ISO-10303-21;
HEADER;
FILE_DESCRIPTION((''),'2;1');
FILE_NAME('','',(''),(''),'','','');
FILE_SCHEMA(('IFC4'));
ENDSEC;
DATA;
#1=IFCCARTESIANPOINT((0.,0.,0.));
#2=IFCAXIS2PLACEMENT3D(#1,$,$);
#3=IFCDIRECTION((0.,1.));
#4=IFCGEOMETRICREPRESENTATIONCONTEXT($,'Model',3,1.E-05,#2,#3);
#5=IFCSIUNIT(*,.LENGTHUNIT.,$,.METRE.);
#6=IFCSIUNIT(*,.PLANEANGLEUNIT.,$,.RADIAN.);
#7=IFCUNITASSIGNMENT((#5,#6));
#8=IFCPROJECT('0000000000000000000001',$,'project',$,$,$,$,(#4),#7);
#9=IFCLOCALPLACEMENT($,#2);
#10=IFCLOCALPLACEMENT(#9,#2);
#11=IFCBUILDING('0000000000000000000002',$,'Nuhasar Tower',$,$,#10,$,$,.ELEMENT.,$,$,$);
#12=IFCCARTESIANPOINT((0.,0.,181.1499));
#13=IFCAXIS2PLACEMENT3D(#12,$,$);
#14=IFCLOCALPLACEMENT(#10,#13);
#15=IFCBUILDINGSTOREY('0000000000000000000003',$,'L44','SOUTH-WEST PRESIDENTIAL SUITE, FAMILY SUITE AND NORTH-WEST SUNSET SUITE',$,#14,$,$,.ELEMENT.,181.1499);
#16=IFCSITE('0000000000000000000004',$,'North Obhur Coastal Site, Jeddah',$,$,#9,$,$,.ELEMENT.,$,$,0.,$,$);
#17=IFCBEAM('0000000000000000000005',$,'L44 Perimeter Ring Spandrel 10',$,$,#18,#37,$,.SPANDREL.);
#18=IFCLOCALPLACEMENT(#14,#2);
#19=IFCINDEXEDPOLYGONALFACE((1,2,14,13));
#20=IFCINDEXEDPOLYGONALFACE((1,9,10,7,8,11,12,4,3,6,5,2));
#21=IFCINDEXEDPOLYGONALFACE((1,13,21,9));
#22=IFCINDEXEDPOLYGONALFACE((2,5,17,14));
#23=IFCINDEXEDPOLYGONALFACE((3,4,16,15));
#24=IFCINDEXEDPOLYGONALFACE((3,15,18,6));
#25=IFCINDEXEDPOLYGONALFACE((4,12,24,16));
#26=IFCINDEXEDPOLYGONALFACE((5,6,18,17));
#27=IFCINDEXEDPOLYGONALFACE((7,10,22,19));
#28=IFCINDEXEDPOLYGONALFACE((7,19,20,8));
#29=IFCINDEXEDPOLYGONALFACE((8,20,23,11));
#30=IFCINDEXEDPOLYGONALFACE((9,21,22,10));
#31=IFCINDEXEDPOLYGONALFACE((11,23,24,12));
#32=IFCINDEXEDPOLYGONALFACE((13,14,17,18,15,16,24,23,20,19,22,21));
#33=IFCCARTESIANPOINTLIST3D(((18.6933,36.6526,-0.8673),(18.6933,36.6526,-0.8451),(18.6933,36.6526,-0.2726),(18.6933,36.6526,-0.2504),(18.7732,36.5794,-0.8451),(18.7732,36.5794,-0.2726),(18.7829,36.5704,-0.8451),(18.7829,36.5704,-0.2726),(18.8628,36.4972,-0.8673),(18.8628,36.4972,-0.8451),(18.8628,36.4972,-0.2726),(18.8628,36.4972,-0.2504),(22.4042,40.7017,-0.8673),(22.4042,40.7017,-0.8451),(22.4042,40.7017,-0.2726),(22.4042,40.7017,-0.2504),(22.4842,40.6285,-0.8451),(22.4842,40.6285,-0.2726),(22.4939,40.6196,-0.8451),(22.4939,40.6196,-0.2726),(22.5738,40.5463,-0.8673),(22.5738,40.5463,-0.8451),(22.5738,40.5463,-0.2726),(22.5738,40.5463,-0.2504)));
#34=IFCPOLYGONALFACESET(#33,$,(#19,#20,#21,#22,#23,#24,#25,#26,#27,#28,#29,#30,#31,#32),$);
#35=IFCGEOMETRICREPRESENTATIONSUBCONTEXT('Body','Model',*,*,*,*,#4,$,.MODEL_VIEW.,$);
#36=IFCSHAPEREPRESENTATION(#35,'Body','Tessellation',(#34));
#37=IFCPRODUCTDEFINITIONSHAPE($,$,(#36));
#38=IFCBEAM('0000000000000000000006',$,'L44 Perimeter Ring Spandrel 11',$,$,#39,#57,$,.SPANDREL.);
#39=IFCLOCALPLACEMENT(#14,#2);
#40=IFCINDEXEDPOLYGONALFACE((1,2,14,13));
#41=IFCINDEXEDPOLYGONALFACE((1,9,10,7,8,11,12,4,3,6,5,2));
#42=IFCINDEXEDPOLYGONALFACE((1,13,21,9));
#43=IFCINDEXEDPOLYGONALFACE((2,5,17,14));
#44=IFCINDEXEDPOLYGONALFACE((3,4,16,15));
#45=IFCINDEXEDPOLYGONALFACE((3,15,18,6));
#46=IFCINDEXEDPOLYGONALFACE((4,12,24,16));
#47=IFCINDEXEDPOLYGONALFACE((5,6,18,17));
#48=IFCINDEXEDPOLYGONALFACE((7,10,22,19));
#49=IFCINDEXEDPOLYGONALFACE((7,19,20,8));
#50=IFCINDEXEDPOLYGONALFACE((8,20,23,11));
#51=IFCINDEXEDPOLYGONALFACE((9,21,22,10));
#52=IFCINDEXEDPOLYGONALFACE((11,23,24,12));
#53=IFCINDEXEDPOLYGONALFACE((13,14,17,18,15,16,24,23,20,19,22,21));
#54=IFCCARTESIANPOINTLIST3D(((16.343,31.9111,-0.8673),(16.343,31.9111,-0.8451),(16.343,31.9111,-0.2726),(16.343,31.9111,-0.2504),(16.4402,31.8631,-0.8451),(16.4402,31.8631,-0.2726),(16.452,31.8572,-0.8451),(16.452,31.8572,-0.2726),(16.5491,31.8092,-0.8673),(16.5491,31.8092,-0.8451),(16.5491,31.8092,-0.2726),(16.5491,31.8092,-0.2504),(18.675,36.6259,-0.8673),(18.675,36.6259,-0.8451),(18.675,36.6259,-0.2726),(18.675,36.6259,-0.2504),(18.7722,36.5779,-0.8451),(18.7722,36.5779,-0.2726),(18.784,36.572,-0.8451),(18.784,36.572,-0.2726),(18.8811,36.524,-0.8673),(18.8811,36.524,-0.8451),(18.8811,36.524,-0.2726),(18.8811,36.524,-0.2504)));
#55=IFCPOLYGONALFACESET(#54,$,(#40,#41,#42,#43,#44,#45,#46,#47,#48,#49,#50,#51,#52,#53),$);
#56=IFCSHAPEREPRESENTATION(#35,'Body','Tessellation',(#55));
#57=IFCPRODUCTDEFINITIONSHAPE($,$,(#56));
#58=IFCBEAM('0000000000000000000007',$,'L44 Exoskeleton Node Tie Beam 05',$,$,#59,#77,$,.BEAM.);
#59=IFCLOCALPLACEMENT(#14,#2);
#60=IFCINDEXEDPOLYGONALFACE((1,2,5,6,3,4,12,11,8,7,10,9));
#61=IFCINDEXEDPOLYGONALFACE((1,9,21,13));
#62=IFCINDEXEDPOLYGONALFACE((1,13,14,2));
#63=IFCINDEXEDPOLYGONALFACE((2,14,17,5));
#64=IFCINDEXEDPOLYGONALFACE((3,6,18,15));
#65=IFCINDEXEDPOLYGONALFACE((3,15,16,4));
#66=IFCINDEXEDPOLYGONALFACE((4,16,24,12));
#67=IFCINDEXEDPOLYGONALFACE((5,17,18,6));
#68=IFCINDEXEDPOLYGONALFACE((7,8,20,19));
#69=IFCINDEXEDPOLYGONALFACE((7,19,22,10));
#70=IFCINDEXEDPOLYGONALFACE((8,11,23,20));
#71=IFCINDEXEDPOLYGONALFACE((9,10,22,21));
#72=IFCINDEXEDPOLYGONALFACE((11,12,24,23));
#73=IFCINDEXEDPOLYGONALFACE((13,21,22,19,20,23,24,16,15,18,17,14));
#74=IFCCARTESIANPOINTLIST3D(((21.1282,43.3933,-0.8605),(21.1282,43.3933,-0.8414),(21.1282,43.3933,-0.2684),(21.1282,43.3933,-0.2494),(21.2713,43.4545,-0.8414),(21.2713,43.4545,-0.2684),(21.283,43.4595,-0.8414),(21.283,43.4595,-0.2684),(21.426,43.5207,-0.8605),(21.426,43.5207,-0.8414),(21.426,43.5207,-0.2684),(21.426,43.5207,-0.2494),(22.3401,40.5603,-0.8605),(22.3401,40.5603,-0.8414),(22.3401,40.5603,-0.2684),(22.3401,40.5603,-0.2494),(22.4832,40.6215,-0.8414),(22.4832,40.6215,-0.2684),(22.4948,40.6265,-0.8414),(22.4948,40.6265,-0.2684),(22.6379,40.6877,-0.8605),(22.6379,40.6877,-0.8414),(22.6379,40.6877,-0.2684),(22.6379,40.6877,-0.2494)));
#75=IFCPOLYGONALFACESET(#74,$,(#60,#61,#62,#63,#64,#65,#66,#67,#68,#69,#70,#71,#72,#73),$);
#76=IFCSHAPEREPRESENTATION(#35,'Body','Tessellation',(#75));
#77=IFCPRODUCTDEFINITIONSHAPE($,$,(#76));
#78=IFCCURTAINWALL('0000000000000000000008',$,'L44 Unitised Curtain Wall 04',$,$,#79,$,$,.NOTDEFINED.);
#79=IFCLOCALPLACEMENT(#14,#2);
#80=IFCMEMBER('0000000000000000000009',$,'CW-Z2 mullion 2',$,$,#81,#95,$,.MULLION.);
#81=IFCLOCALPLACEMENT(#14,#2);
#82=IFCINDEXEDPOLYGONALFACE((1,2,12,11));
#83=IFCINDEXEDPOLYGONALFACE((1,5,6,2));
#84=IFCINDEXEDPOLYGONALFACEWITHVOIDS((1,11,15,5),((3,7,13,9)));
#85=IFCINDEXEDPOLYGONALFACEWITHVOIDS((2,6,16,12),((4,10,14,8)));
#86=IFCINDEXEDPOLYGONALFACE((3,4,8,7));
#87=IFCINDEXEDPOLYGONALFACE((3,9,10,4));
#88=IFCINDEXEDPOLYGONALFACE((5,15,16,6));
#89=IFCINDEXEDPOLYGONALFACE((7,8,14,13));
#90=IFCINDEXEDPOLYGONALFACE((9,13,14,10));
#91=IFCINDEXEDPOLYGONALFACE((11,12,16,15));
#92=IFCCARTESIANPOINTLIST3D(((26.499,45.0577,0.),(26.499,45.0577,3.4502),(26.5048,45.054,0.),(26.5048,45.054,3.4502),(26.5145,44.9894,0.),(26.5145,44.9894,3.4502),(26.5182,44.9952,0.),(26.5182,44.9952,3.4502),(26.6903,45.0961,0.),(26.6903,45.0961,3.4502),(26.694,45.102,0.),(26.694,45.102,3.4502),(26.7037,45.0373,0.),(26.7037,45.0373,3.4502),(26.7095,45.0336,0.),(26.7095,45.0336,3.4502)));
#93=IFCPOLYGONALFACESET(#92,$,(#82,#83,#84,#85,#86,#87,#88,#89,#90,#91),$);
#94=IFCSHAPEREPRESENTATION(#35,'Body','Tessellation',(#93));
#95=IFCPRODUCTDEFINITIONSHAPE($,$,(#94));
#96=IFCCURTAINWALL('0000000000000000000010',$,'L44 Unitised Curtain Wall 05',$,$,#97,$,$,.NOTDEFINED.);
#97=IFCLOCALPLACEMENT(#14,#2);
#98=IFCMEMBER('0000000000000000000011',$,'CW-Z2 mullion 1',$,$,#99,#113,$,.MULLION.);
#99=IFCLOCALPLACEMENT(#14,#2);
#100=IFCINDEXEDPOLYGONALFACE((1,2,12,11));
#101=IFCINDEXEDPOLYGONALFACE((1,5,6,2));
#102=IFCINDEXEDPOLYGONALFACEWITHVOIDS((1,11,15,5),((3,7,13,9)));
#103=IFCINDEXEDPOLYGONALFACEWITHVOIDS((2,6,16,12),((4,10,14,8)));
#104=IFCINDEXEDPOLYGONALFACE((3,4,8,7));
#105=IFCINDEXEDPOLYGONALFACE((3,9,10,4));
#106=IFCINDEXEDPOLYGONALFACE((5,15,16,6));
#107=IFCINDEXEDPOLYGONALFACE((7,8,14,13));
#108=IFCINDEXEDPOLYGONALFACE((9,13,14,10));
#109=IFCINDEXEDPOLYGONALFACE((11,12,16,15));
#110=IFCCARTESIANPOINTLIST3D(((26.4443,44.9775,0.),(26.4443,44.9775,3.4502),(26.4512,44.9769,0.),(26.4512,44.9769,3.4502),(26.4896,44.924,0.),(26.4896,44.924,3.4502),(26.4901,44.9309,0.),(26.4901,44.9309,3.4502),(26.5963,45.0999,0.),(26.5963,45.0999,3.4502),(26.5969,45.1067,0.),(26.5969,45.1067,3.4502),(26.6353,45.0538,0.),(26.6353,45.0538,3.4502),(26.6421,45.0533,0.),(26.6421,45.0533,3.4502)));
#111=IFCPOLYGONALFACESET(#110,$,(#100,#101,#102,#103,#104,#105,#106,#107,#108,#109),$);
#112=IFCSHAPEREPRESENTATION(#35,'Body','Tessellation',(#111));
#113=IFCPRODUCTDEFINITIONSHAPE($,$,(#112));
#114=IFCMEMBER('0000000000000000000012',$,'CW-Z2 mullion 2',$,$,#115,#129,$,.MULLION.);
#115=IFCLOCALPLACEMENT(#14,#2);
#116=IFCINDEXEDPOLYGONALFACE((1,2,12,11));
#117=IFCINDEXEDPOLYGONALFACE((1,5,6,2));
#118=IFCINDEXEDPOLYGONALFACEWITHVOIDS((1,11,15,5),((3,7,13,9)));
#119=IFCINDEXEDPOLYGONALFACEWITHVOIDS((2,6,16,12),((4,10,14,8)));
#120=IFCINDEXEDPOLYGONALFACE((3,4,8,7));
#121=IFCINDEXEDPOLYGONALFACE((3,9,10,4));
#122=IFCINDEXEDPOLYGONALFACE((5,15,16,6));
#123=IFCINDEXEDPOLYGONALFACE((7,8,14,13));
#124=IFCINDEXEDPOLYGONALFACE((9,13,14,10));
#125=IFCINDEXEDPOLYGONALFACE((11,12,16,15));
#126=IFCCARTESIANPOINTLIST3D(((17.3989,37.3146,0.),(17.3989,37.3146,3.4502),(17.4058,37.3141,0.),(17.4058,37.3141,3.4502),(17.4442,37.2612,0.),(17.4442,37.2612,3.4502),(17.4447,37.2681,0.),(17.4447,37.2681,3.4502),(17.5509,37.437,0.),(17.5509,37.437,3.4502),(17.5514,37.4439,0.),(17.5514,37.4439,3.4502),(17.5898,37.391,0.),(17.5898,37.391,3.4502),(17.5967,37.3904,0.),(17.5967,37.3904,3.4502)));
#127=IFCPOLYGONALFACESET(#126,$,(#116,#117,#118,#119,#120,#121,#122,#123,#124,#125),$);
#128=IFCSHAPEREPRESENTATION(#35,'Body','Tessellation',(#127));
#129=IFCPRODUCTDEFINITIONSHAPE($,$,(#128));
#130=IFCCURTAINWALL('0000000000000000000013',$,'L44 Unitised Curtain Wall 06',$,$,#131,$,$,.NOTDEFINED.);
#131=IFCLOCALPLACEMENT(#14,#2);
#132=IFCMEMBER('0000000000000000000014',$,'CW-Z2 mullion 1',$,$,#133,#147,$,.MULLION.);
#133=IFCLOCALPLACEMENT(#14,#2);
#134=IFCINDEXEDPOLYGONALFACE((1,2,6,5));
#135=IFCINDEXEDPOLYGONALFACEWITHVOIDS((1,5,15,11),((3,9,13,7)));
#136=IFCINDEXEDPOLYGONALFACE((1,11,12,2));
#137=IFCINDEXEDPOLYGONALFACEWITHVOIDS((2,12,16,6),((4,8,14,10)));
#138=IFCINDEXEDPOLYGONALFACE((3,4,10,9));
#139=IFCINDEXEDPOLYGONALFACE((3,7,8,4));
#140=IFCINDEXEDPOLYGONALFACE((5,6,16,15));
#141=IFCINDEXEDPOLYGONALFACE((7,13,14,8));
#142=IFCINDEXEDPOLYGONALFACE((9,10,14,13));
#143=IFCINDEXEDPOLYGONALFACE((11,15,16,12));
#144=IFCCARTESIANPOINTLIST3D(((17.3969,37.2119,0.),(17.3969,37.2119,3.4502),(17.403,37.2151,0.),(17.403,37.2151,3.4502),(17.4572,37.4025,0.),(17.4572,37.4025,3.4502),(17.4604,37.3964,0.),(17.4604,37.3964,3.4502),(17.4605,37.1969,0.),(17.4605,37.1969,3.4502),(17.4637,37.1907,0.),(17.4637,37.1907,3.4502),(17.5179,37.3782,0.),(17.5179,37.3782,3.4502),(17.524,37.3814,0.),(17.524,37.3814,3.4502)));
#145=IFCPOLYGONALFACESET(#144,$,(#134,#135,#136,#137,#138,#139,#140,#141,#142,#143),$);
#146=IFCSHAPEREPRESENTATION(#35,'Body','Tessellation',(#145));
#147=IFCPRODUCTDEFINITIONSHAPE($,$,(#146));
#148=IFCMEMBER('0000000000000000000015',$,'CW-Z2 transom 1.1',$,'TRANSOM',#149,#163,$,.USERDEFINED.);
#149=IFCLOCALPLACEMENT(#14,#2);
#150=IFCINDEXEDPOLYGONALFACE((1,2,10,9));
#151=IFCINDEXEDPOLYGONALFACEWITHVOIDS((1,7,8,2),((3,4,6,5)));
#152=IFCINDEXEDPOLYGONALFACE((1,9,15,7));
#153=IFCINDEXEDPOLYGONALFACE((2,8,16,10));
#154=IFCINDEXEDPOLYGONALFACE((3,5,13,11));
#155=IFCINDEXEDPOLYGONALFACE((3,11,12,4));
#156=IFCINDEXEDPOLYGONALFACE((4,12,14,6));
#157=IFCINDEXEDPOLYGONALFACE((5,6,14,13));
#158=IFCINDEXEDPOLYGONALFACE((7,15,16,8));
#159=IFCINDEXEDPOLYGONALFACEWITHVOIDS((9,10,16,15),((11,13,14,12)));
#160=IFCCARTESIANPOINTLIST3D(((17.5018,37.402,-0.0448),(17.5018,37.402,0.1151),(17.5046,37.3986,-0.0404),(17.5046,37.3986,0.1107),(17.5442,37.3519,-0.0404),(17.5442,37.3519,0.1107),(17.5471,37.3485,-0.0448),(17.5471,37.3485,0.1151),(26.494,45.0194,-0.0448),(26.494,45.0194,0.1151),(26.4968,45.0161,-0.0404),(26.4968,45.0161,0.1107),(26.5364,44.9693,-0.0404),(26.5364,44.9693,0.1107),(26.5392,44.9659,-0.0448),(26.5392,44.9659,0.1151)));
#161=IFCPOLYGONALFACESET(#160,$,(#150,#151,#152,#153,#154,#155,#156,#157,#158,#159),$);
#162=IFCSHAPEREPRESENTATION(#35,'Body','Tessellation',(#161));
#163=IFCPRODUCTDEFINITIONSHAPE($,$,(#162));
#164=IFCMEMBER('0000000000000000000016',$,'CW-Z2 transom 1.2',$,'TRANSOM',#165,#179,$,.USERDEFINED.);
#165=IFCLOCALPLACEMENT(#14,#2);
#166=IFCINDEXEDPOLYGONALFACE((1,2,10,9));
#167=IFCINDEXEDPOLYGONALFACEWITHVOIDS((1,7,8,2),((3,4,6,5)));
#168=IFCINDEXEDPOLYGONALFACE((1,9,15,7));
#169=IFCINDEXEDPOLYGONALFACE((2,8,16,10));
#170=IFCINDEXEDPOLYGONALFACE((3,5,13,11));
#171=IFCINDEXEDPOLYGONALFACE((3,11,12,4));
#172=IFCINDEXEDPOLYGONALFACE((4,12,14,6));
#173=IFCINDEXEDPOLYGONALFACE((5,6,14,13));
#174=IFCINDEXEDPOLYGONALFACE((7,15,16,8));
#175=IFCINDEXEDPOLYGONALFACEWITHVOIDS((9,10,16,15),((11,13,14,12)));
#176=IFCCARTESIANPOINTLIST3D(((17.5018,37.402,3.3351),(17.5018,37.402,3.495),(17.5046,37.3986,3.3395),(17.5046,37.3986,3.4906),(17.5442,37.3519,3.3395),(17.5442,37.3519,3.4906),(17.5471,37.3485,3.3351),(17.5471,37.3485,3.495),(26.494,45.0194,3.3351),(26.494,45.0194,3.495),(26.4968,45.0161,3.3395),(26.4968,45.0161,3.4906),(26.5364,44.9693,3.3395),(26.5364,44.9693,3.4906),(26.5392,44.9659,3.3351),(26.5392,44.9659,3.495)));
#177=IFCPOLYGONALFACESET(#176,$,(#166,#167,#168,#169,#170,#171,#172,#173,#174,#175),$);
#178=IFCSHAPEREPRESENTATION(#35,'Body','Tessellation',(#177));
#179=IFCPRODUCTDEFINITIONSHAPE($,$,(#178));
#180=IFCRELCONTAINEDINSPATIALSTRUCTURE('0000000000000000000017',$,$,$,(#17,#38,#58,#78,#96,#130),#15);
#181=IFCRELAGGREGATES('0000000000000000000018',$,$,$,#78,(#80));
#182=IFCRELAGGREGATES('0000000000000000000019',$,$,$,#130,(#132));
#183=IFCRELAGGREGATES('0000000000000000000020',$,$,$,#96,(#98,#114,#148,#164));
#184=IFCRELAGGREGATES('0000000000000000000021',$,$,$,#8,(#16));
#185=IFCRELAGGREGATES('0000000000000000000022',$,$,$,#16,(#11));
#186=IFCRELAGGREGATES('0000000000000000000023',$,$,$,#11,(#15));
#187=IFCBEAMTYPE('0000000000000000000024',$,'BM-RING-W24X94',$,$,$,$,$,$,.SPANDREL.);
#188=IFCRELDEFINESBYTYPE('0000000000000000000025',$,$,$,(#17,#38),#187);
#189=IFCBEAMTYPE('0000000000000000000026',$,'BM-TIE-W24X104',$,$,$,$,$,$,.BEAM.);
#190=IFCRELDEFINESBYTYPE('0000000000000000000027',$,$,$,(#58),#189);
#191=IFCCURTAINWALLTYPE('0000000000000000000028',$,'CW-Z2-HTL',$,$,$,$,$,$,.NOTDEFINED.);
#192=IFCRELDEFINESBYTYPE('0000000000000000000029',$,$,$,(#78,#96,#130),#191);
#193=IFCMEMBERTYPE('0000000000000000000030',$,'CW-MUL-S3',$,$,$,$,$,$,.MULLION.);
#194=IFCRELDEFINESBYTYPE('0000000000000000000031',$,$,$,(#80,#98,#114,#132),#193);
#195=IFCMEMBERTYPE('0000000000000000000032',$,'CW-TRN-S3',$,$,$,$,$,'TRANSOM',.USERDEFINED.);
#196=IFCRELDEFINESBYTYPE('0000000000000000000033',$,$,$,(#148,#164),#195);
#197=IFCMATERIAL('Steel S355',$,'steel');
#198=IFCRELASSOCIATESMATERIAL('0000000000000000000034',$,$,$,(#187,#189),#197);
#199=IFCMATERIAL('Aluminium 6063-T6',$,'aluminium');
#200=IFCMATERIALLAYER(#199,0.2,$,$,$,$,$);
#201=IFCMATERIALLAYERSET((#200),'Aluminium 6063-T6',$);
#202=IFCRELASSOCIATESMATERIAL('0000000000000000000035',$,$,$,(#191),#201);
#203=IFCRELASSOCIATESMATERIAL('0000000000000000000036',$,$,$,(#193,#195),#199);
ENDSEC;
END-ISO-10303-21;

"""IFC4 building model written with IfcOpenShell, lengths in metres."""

from ifc_helpers import new_model, si_unit, direction, frame, origin, origin_2d, place, context, subcontext, project, spatial, hollow_rectangle, i_section, extrude, material, layer, layer_set, material_profile, profile_set, type_object, element, aggregate, save


model = new_model("IFC4")

# Units and contexts
model_context = context("Model", 3, precision=1e-05, world=origin(), true_north=direction((0.0, 1.0)))
body_context = subcontext(model_context, "Body", "Model", "MODEL_VIEW")
ifc_project = project(units=[si_unit("LENGTHUNIT", "METRE"), si_unit("PLANEANGLEUNIT", "RADIAN")], contexts=[model_context])

# Site, building, storey
site_placement = place(None, origin())
site = spatial("IfcSite", under=ifc_project, at=site_placement, Name="North Obhur Coastal Site, Jeddah", CompositionType="ELEMENT", RefElevation=0.0)
building_placement = place(site_placement, origin())
building = spatial("IfcBuilding", under=site, at=building_placement, Name="Nuhasar Tower", CompositionType="ELEMENT")
storey_placement = place(building_placement, frame((0.0, 0.0, 181.1499)))
storey = spatial("IfcBuildingStorey", under=building, at=storey_placement, Name="L44", Description="SOUTH-WEST PRESIDENTIAL SUITE, FAMILY SUITE AND NORTH-WEST SUNSET SUITE", CompositionType="ELEMENT", Elevation=181.1499)

# Beams
ifc_material_1 = material(Name="Steel S355", Category="steel")
ifc_material_profile_1 = material_profile(ifc_material_1, i_section(OverallWidth=0.23, OverallDepth=0.6169, WebThickness=0.0132, FlangeThickness=0.0222, at=origin_2d()), Name="W24X94")
ifc_profile_set_1 = profile_set([ifc_material_profile_1], Name="Steel S355")
beam_type_1 = type_object("IfcBeamType", Name="BM-RING-W24X94", PredefinedType="SPANDREL", material=ifc_profile_set_1)
beam_1_placement = place(storey_placement, frame((22.489, 40.624, -0.5588), z_axis=(-0.675654, -0.737219, 0.0), x_axis=(0.737219, -0.675654, 0.0)))
element("IfcBeam", 1, at=beam_1_placement, inside=storey, type_object=beam_type_1, Name="L44 Perimeter Ring Spandrel 10", PredefinedType="SPANDREL", context=body_context, shape_type="SweptSolid", body=[
    extrude(i_section(OverallWidth=0.23, OverallDepth=0.6169, WebThickness=0.0132, FlangeThickness=0.0222, at=origin_2d()), origin(), (0.0, 0.0, 1.0), 5.4924),
])
beam_2_placement = place(storey_placement, frame((18.7781, 36.575, -0.5588), z_axis=(-0.443348, -0.89635, 0.0), x_axis=(0.89635, -0.443348, 0.0)))
element("IfcBeam", 2, at=beam_2_placement, inside=storey, type_object=beam_type_1, Name="L44 Perimeter Ring Spandrel 11", PredefinedType="SPANDREL", context=body_context, shape_type="SweptSolid", body=[
    extrude(i_section(OverallWidth=0.23, OverallDepth=0.6169, WebThickness=0.0132, FlangeThickness=0.0222, at=origin_2d()), origin(), (0.0, 0.0, 1.0), 5.26),
])
ifc_material_profile_2 = material_profile(ifc_material_1, i_section(OverallWidth=0.324, OverallDepth=0.6111, WebThickness=0.0127, FlangeThickness=0.019, at=origin_2d()), Name="W24X104")
ifc_profile_set_2 = profile_set([ifc_material_profile_2], Name="Steel S355")
beam_type_2 = type_object("IfcBeamType", Name="BM-TIE-W24X104", PredefinedType="BEAM", material=ifc_profile_set_2)
beam_3_placement = place(storey_placement, frame((22.489, 40.624, -0.5549), z_axis=(-0.393307, 0.919407, 0.0), x_axis=(-0.919407, -0.393307, 0.0)))
element("IfcBeam", 3, at=beam_3_placement, inside=storey, type_object=beam_type_2, Name="L44 Exoskeleton Node Tie Beam 05", PredefinedType="BEAM", context=body_context, shape_type="SweptSolid", body=[
    extrude(i_section(OverallWidth=0.324, OverallDepth=0.6111, WebThickness=0.0127, FlangeThickness=0.019, at=origin_2d()), origin(), (0.0, 0.0, 1.0), 3.0813),
])

# Curtain wall, member
ifc_material_2 = material(Name="Aluminium 6063-T6", Category="aluminium")
ifc_layer_1 = layer(ifc_material_2, 0.2)
ifc_layer_set_1 = layer_set([ifc_layer_1], Name="Aluminium 6063-T6")
curtain_wall_type = type_object("IfcCurtainWallType", Name="CW-Z2-HTL", PredefinedType="NOTDEFINED", material=ifc_layer_set_1)
curtain_wall_1_placement = place(storey_placement, origin())
curtain_wall_1 = element("IfcCurtainWall", 4, at=curtain_wall_1_placement, inside=storey, type_object=curtain_wall_type, Name="L44 Unitised Curtain Wall 04", PredefinedType="NOTDEFINED")
ifc_material_profile_3 = material_profile(ifc_material_2, hollow_rectangle(XDim=0.0701, YDim=0.2, WallThickness=0.0049, at=origin_2d()), Name="CWM-3")
ifc_profile_set_3 = profile_set([ifc_material_profile_3], Name="Aluminium 6063-T6")
member_type_1 = type_object("IfcMemberType", Name="CW-MUL-S3", PredefinedType="MULLION", material=ifc_profile_set_3)
member_1_placement = place(storey_placement, frame((26.6042, 45.0457, 0.0), z_axis=(0.0, 0.0, 1.0), x_axis=(0.221397, -0.975184, 0.0)))
member_1 = element("IfcMember", 5, at=member_1_placement, type_object=member_type_1, Name="CW-Z2 mullion 2", PredefinedType="MULLION", context=body_context, shape_type="SweptSolid", body=[
    extrude(hollow_rectangle(XDim=0.0701, YDim=0.2, WallThickness=0.0049, at=origin_2d()), origin(), (0.0, 0.0, 1.0), 3.4502),
])
aggregate(curtain_wall_1, [member_1])

# Curtain wall, members
curtain_wall_2_placement = place(storey_placement, origin())
curtain_wall_2 = element("IfcCurtainWall", 6, at=curtain_wall_2_placement, inside=storey, type_object=curtain_wall_type, Name="L44 Unitised Curtain Wall 05", PredefinedType="NOTDEFINED")
member_2_placement = place(storey_placement, frame((26.5432, 45.0154, 0.0), z_axis=(0.0, 0.0, 1.0), x_axis=(0.646374, -0.76302, 0.0)))
member_2 = element("IfcMember", 7, at=member_2_placement, type_object=member_type_1, Name="CW-Z2 mullion 1", PredefinedType="MULLION", context=body_context, shape_type="SweptSolid", body=[
    extrude(hollow_rectangle(XDim=0.0701, YDim=0.2, WallThickness=0.0049, at=origin_2d()), origin(), (0.0, 0.0, 1.0), 3.4502),
])
member_3_placement = place(storey_placement, frame((17.4978, 37.3525, 0.0), z_axis=(0.0, 0.0, 1.0), x_axis=(0.646374, -0.76302, 0.0)))
member_3 = element("IfcMember", 8, at=member_3_placement, type_object=member_type_1, Name="CW-Z2 mullion 2", PredefinedType="MULLION", context=body_context, shape_type="SweptSolid", body=[
    extrude(hollow_rectangle(XDim=0.0701, YDim=0.2, WallThickness=0.0049, at=origin_2d()), origin(), (0.0, 0.0, 1.0), 3.4502),
])

# Curtain wall, member
curtain_wall_3_placement = place(storey_placement, origin())
curtain_wall_3 = element("IfcCurtainWall", 9, at=curtain_wall_3_placement, inside=storey, type_object=curtain_wall_type, Name="L44 Unitised Curtain Wall 06", PredefinedType="NOTDEFINED")
member_4_placement = place(storey_placement, frame((17.4604, 37.2966, 0.0), z_axis=(0.0, 0.0, 1.0), x_axis=(0.953433, -0.301604, 0.0)))
member_4 = element("IfcMember", 10, at=member_4_placement, type_object=member_type_1, Name="CW-Z2 mullion 1", PredefinedType="MULLION", context=body_context, shape_type="SweptSolid", body=[
    extrude(hollow_rectangle(XDim=0.0701, YDim=0.2, WallThickness=0.0049, at=origin_2d()), origin(), (0.0, 0.0, 1.0), 3.4502),
])

# Members
ifc_material_profile_4 = material_profile(ifc_material_2, hollow_rectangle(XDim=0.0701, YDim=0.1599, WallThickness=0.0044, at=origin_2d()), Name="CWT-3")
ifc_profile_set_4 = profile_set([ifc_material_profile_4], Name="Aluminium 6063-T6")
member_type_2 = type_object("IfcMemberType", Name="CW-TRN-S3", ElementType="TRANSOM", PredefinedType="USERDEFINED", material=ifc_profile_set_4)
member_5_placement = place(storey_placement, frame((26.5166, 44.9927, 0.0352), z_axis=(-0.763024, -0.64637, 0.0), x_axis=(0.64637, -0.763024, 0.0)))
member_5 = element("IfcMember", 11, at=member_5_placement, type_object=member_type_2, Name="CW-Z2 transom 1.1", ObjectType="TRANSOM", PredefinedType="USERDEFINED", context=body_context, shape_type="SweptSolid", body=[
    extrude(hollow_rectangle(XDim=0.0701, YDim=0.1599, WallThickness=0.0044, at=origin_2d()), origin(), (0.0, 0.0, 1.0), 11.7849),
])
member_6_placement = place(storey_placement, frame((26.5166, 44.9927, 3.415), z_axis=(-0.763024, -0.64637, 0.0), x_axis=(0.64637, -0.763024, 0.0)))
member_6 = element("IfcMember", 12, at=member_6_placement, type_object=member_type_2, Name="CW-Z2 transom 1.2", ObjectType="TRANSOM", PredefinedType="USERDEFINED", context=body_context, shape_type="SweptSolid", body=[
    extrude(hollow_rectangle(XDim=0.0701, YDim=0.1599, WallThickness=0.0044, at=origin_2d()), origin(), (0.0, 0.0, 1.0), 11.7849),
])
aggregate(curtain_wall_3, [member_4])

aggregate(curtain_wall_2, [member_2, member_3, member_5, member_6])

save(model, "model.ifc")
